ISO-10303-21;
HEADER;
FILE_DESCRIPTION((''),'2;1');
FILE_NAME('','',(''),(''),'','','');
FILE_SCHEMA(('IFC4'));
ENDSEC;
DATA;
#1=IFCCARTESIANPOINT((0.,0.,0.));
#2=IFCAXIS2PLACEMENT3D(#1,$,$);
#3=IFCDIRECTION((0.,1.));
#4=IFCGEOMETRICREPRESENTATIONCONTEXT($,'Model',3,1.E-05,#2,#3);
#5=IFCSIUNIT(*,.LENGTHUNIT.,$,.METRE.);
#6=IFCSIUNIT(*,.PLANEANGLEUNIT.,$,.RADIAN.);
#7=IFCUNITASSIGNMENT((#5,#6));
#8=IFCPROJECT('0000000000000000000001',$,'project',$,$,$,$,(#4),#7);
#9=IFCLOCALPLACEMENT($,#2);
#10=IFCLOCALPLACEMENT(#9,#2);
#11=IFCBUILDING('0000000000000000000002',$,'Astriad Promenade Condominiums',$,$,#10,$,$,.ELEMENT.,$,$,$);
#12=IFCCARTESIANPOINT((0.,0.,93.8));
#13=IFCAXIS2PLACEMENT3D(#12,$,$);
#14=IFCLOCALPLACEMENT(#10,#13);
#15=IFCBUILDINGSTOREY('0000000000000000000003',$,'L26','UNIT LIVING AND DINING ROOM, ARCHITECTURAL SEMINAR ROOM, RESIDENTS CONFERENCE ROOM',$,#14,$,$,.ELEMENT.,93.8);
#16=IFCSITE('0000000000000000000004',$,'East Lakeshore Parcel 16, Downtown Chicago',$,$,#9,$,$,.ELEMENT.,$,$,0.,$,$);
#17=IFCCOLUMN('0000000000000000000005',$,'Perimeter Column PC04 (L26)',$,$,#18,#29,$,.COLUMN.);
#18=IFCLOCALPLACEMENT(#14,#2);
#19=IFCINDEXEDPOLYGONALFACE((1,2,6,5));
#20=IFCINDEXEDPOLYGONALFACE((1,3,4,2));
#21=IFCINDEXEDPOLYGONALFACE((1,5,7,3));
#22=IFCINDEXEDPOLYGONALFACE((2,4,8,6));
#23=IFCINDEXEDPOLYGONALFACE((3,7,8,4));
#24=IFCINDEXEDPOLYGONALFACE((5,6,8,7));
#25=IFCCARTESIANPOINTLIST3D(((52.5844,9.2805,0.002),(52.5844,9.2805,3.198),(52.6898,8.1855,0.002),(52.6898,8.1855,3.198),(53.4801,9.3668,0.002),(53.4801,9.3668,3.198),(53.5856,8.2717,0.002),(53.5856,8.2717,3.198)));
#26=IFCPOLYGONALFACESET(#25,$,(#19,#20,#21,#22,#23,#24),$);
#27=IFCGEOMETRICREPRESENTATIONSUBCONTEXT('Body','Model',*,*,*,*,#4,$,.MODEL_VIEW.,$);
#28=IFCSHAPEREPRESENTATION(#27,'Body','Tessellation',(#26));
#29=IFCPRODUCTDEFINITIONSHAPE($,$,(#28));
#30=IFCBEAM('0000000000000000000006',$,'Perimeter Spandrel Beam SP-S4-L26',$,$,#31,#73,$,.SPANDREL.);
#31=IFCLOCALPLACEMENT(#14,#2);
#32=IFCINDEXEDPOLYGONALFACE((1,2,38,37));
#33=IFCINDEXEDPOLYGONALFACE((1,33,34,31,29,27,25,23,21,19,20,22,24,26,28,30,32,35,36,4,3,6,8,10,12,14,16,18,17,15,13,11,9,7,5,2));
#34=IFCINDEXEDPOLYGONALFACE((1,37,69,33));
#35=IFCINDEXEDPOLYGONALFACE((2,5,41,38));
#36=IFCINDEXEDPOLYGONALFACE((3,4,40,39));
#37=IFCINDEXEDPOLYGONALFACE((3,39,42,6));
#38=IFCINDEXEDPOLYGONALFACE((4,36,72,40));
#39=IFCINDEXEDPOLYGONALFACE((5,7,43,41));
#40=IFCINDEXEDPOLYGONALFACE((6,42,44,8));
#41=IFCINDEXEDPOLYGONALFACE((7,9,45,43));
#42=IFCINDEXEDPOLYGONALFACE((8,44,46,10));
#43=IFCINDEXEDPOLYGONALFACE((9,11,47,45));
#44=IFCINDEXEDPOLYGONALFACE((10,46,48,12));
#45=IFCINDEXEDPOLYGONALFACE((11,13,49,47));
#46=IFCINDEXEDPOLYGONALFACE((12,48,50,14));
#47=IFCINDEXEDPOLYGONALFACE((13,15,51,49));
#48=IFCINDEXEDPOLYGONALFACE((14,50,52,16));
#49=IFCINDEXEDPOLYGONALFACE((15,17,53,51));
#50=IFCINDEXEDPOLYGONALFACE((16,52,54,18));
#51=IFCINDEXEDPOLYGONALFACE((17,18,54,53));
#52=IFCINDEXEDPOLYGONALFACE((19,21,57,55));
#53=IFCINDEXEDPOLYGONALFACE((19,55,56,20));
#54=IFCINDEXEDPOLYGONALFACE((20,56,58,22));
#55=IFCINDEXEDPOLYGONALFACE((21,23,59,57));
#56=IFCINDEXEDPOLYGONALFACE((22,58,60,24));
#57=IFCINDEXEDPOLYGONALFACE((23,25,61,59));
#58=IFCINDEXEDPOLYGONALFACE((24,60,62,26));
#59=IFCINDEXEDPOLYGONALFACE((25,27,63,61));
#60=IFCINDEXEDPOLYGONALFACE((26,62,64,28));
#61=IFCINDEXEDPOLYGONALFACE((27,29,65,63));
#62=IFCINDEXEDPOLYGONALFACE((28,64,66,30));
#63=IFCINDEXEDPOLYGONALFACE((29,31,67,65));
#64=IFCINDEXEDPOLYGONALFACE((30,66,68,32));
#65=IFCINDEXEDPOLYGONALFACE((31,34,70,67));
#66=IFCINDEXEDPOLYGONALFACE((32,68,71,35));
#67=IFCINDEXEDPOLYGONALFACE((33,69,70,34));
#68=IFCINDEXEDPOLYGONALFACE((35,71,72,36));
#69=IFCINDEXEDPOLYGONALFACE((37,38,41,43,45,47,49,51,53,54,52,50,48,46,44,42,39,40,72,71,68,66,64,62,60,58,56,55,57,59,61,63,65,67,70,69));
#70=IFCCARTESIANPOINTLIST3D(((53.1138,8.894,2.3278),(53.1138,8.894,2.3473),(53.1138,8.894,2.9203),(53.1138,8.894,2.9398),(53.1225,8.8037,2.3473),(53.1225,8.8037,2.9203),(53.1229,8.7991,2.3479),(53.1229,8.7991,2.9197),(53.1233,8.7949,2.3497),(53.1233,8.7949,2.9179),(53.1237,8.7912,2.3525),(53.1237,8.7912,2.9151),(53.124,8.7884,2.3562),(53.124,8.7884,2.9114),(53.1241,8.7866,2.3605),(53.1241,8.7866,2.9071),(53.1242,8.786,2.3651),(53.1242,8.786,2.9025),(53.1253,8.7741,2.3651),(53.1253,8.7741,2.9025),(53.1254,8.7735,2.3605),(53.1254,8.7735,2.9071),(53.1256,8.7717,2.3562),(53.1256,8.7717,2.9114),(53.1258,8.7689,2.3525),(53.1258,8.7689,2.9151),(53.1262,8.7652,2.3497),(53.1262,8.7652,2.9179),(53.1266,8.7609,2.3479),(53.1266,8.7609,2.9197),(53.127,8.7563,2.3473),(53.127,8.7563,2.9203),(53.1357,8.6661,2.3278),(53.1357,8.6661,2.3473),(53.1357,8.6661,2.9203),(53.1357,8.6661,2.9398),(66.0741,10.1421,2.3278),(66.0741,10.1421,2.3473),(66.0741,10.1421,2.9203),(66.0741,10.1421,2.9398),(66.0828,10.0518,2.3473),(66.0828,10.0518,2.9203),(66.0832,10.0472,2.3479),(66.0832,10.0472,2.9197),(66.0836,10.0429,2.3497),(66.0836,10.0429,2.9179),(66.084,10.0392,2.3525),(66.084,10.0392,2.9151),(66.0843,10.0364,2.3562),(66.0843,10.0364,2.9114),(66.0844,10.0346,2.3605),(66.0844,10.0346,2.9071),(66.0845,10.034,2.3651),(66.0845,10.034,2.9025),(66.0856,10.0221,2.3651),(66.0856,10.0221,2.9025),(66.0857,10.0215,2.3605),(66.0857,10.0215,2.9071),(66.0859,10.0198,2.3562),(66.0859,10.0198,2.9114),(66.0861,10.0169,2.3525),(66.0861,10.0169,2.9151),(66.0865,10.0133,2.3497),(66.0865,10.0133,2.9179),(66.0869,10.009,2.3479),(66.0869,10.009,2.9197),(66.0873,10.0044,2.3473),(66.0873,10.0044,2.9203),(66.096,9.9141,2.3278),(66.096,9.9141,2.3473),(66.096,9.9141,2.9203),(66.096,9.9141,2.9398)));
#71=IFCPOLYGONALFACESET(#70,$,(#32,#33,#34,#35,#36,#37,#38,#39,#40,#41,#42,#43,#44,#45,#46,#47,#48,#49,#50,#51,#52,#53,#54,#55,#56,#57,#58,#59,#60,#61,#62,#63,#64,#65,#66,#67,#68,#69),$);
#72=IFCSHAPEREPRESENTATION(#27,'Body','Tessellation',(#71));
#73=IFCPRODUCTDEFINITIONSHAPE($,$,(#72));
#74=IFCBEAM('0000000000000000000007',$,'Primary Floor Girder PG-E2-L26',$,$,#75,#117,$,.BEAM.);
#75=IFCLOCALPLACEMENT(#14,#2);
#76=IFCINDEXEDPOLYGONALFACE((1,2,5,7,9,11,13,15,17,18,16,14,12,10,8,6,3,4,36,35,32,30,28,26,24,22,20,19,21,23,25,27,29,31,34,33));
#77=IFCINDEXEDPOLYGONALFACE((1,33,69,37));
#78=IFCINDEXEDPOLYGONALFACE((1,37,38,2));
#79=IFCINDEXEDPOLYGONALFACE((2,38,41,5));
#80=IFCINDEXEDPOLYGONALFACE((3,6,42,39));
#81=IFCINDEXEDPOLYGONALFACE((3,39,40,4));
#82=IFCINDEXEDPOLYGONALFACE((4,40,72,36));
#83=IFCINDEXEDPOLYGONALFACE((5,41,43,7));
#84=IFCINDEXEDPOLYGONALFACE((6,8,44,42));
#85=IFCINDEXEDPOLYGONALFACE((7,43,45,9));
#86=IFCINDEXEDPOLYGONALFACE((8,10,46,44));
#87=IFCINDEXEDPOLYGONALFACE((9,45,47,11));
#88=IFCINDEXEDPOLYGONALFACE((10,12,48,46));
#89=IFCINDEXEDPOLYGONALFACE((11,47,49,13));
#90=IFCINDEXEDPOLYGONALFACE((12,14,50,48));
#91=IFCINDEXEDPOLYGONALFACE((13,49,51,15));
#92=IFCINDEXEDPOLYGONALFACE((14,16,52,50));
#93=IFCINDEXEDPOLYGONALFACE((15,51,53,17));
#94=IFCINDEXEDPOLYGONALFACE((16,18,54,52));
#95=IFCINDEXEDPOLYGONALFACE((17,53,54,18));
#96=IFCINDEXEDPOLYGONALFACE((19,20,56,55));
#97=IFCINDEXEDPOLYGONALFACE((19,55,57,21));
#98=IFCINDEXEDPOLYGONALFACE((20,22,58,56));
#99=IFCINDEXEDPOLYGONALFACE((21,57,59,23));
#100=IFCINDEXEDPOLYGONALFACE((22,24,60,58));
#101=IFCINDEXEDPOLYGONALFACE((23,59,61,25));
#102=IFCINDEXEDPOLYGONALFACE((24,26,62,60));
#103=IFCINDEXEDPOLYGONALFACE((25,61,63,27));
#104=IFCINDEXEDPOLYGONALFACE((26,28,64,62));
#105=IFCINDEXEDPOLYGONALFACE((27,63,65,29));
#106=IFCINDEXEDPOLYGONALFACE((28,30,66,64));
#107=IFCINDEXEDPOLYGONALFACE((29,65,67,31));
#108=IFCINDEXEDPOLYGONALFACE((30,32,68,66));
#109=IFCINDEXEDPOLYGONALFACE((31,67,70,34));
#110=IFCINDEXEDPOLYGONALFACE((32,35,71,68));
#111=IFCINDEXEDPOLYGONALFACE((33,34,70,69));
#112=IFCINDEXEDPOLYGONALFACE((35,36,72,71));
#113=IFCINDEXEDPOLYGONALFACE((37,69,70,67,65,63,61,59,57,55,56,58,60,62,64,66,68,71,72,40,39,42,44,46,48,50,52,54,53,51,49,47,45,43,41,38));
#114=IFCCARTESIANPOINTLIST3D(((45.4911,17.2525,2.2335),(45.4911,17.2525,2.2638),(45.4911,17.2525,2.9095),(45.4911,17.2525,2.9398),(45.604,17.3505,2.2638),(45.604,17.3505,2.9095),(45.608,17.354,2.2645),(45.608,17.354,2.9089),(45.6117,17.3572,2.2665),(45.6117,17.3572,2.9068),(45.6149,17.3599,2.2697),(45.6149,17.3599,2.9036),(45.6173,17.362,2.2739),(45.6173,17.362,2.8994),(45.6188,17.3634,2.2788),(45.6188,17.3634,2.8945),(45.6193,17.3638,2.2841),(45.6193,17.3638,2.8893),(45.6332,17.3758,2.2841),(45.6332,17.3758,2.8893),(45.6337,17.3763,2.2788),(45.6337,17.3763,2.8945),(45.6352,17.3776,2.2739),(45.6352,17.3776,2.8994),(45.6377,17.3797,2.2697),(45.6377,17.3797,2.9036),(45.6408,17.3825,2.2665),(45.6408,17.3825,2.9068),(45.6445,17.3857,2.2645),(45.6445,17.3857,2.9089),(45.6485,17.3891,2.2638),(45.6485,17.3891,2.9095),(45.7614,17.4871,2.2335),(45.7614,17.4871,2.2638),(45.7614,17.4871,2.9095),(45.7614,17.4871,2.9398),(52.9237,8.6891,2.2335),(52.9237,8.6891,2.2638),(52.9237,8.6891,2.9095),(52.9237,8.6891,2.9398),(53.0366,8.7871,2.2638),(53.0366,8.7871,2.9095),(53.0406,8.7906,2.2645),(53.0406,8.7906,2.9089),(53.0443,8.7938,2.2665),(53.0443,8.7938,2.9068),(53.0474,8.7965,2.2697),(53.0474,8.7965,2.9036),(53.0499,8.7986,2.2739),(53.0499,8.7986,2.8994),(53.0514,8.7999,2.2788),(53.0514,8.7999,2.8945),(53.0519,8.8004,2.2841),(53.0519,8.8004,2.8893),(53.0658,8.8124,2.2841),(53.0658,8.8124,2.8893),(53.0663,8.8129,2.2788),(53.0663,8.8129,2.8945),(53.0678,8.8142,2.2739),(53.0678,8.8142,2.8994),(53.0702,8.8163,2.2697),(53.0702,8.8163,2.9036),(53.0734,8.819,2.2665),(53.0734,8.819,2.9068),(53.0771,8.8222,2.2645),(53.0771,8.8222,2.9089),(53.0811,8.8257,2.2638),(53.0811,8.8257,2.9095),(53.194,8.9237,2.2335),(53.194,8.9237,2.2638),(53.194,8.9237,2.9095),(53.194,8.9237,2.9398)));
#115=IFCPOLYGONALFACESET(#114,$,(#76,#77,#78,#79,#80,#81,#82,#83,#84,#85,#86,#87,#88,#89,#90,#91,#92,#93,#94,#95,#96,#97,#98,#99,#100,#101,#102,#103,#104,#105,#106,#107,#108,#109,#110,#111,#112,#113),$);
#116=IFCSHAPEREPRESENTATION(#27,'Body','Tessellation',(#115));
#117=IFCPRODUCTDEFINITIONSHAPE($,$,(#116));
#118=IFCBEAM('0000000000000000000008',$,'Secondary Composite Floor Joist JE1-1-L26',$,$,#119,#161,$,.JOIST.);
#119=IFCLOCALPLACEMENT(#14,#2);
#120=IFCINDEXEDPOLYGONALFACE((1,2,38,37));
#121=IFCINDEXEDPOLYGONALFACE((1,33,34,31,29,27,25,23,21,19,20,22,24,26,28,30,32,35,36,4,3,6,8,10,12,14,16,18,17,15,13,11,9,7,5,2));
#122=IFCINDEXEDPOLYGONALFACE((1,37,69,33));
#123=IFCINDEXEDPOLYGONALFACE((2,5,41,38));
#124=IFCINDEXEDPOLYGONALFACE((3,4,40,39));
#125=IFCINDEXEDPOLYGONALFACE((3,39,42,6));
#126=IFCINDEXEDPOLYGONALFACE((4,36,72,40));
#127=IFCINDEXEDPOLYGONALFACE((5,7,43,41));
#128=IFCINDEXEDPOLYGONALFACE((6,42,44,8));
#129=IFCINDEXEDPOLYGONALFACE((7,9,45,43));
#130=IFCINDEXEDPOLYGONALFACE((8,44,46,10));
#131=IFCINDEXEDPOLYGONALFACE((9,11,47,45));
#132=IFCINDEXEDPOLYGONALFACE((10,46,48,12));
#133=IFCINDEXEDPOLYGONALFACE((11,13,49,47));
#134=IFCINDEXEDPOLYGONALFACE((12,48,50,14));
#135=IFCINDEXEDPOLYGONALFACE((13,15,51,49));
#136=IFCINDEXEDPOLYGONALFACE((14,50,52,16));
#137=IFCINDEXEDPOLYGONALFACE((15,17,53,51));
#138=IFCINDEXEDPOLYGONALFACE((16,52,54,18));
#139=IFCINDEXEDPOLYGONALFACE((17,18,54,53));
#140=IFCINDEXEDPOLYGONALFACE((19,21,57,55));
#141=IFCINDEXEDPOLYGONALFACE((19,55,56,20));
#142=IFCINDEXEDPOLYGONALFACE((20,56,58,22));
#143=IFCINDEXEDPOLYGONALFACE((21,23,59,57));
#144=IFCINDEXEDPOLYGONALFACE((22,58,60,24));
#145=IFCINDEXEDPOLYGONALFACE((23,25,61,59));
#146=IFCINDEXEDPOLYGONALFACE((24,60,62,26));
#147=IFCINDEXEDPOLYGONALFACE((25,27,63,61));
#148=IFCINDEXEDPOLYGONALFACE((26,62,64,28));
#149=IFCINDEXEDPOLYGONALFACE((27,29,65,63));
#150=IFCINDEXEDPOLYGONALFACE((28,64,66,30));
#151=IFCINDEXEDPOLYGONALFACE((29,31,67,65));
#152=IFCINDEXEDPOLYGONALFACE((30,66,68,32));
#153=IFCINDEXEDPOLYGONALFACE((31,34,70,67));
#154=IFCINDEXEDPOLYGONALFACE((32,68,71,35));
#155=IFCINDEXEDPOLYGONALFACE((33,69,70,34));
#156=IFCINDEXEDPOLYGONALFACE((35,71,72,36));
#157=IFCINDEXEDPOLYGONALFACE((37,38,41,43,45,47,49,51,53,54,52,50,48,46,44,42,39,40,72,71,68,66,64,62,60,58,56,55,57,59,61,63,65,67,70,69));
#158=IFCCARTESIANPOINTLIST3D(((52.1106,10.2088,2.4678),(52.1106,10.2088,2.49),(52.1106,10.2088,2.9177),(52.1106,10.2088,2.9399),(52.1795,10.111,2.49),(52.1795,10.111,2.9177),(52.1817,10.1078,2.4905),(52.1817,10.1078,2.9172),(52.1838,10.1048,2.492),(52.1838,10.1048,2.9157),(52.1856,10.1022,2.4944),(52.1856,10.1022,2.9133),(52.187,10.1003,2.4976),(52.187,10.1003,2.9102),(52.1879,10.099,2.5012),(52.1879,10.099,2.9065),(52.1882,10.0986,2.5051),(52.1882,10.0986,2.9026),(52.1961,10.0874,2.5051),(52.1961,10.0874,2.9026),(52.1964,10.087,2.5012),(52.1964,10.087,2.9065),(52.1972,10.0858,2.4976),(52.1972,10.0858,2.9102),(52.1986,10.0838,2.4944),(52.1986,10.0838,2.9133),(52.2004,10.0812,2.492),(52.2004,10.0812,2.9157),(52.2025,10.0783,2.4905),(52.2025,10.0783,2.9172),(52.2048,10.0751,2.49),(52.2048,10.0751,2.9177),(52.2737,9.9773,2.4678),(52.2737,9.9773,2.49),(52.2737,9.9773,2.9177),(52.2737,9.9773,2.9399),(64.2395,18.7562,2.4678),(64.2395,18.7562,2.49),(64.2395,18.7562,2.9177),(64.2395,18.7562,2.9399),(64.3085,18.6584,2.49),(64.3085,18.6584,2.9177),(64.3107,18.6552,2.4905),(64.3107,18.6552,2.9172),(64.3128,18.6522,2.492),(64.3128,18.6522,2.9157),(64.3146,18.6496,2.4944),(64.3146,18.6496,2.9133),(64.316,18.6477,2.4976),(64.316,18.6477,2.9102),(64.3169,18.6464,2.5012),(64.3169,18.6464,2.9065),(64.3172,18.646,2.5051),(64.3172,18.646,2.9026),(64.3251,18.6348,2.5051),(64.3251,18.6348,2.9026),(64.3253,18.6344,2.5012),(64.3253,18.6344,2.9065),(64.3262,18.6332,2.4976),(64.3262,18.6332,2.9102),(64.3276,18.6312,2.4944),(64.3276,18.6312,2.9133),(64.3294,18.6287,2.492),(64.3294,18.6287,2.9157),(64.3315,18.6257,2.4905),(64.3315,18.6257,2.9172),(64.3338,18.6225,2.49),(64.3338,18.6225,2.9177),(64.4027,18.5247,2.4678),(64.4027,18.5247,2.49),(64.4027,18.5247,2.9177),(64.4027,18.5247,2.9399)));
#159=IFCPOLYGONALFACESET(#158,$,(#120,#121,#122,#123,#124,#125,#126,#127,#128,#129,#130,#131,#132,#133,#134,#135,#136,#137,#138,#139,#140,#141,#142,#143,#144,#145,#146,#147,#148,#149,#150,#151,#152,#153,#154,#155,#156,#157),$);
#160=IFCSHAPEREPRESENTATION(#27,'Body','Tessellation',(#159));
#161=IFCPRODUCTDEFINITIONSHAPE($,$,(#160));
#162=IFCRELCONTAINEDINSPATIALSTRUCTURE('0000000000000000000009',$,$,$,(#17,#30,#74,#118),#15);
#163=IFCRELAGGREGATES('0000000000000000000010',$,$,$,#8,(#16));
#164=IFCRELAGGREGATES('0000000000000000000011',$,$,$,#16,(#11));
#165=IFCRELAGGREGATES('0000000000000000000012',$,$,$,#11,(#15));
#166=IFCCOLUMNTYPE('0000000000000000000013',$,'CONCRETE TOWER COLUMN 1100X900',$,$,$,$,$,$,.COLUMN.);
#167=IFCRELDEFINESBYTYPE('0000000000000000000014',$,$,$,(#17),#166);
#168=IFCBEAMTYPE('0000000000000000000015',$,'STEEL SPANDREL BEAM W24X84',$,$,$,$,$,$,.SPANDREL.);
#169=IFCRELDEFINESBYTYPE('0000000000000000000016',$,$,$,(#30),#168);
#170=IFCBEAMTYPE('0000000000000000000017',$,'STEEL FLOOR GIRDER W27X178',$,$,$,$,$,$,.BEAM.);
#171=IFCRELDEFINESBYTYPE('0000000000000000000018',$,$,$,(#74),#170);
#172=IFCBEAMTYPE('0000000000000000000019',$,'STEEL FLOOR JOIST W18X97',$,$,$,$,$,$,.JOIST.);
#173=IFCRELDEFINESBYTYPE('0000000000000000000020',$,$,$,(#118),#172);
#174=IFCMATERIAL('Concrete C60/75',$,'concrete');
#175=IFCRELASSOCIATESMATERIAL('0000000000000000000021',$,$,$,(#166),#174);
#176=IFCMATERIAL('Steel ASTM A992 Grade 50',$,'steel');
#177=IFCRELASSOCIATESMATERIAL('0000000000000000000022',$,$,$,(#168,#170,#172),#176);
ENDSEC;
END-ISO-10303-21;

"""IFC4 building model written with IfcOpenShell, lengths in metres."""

from ifc_helpers import new_model, si_unit, direction, frame, origin, origin_2d, place, context, subcontext, project, spatial, rectangle, i_section, extrude, source, transform, mapped, material, material_profile, profile_set, type_object, type_shapes, element, save


model = new_model("IFC4")

# Units and contexts
model_context = context("Model", 3, precision=1e-05, world=origin(), true_north=direction((0.0, 1.0)))
body_context = subcontext(model_context, "Body", "Model", "MODEL_VIEW")
ifc_project = project(units=[si_unit("LENGTHUNIT", "METRE"), si_unit("PLANEANGLEUNIT", "RADIAN")], contexts=[model_context])

# Site, building, storey
site_placement = place(None, origin())
site = spatial("IfcSite", under=ifc_project, at=site_placement, Name="East Lakeshore Parcel 16, Downtown Chicago", CompositionType="ELEMENT", RefElevation=0.0)
building_placement = place(site_placement, origin())
building = spatial("IfcBuilding", under=site, at=building_placement, Name="Astriad Promenade Condominiums", CompositionType="ELEMENT")
storey_placement = place(building_placement, frame((0.0, 0.0, 93.8)))
storey = spatial("IfcBuildingStorey", under=building, at=storey_placement, Name="L26", Description="UNIT LIVING AND DINING ROOM, ARCHITECTURAL SEMINAR ROOM, RESIDENTS CONFERENCE ROOM", CompositionType="ELEMENT", Elevation=93.8)

# Column
ifc_material_1 = material(Name="Concrete C60/75", Category="concrete")
ifc_material_profile_1 = material_profile(ifc_material_1, rectangle(XDim=0.8999, YDim=1.1001, at=origin_2d()), Name="RC-COL-1100X900")
ifc_profile_set_1 = profile_set([ifc_material_profile_1], Name="Concrete C60/75")
column_type = type_object("IfcColumnType", Name="CONCRETE TOWER COLUMN 1100X900", PredefinedType="COLUMN", material=ifc_profile_set_1)
shared_shape_1 = source(origin(), body_context, "Body", "SweptSolid", [
    extrude(rectangle(XDim=0.8999, YDim=1.1001, at=origin_2d()), origin(), (0.0, 0.0, 1.0), 3.196),
])
type_shapes(column_type, [shared_shape_1])
column_placement = place(storey_placement, frame((53.085, 8.7761, 0.002), z_axis=(0.0, 0.0, 1.0), x_axis=(0.995396, 0.095846, 0.0)))
element("IfcColumn", 1, at=column_placement, inside=storey, type_object=column_type, Name="Perimeter Column PC04 (L26)", PredefinedType="COLUMN", context=body_context, shape_type="MappedRepresentation", body=[
    mapped(shared_shape_1, transform((0.0, 0.0, 0.0), scale=1.0)),
])

# Beams
ifc_material_2 = material(Name="Steel ASTM A992 Grade 50", Category="steel")
ifc_material_profile_2 = material_profile(ifc_material_2, i_section(OverallWidth=0.229, OverallDepth=0.6121, WebThickness=0.012, FlangeThickness=0.0195, FilletRadius=0.0178, at=origin_2d()), Name="W24X84")
ifc_profile_set_2 = profile_set([ifc_material_profile_2], Name="Steel ASTM A992 Grade 50")
beam_type_1 = type_object("IfcBeamType", Name="STEEL SPANDREL BEAM W24X84", PredefinedType="SPANDREL", material=ifc_profile_set_2)
shared_shape_2 = source(origin(), body_context, "Body", "SweptSolid", [
    extrude(i_section(OverallWidth=0.229, OverallDepth=0.6121, WebThickness=0.012, FlangeThickness=0.0195, FilletRadius=0.0178, at=origin_2d()), origin(), (0.0, 0.0, 1.0), 13.0203),
])
type_shapes(beam_type_1, [shared_shape_2])
beam_1_placement = place(storey_placement, frame((53.1248, 8.78, 2.6338), z_axis=(0.995395, 0.095855, 0.0), x_axis=(-0.095855, 0.995395, 0.0)))
element("IfcBeam", 2, at=beam_1_placement, inside=storey, type_object=beam_type_1, Name="Perimeter Spandrel Beam SP-S4-L26", PredefinedType="SPANDREL", context=body_context, shape_type="MappedRepresentation", body=[
    mapped(shared_shape_2, transform((0.0, 0.0, 0.0), scale=1.0)),
])
ifc_material_profile_3 = material_profile(ifc_material_2, i_section(OverallWidth=0.3579, OverallDepth=0.7063, WebThickness=0.0183, FlangeThickness=0.0303, FilletRadius=0.0203, at=origin_2d()), Name="W27X178")
ifc_profile_set_3 = profile_set([ifc_material_profile_3], Name="Steel ASTM A992 Grade 50")
beam_type_2 = type_object("IfcBeamType", Name="STEEL FLOOR GIRDER W27X178", PredefinedType="BEAM", material=ifc_profile_set_3)
shared_shape_3 = source(origin(), body_context, "Body", "SweptSolid", [
    extrude(i_section(OverallWidth=0.3579, OverallDepth=0.7063, WebThickness=0.0183, FlangeThickness=0.0303, FilletRadius=0.0203, at=origin_2d()), origin(), (0.0, 0.0, 1.0), 11.3391),
])
type_shapes(beam_type_2, [shared_shape_3])
beam_2_placement = place(storey_placement, frame((53.0588, 8.8064, 2.5867), z_axis=(-0.655481, 0.755211, 0.0), x_axis=(-0.755211, -0.655481, 0.0)))
element("IfcBeam", 3, at=beam_2_placement, inside=storey, type_object=beam_type_2, Name="Primary Floor Girder PG-E2-L26", PredefinedType="BEAM", context=body_context, shape_type="MappedRepresentation", body=[
    mapped(shared_shape_3, transform((0.0, 0.0, 0.0), scale=1.0)),
])
ifc_material_profile_4 = material_profile(ifc_material_2, i_section(OverallWidth=0.2832, OverallDepth=0.4722, WebThickness=0.0137, FlangeThickness=0.0222, FilletRadius=0.0151, at=origin_2d()), Name="W18X97")
ifc_profile_set_4 = profile_set([ifc_material_profile_4], Name="Steel ASTM A992 Grade 50")
beam_type_3 = type_object("IfcBeamType", Name="STEEL FLOOR JOIST W18X97", PredefinedType="JOIST", material=ifc_profile_set_4)
shared_shape_4 = source(origin(), body_context, "Body", "SweptSolid", [
    extrude(i_section(OverallWidth=0.2832, OverallDepth=0.4722, WebThickness=0.0137, FlangeThickness=0.0222, FilletRadius=0.0151, at=origin_2d()), origin(), (0.0, 0.0, 1.0), 14.8381),
])
beam_3_placement = place(storey_placement, frame((52.1921, 10.093, 2.7039), z_axis=(0.817419, 0.576043, 0.0), x_axis=(-0.576043, 0.817419, 0.0)))
element("IfcBeam", 4, at=beam_3_placement, inside=storey, type_object=beam_type_3, Name="Secondary Composite Floor Joist JE1-1-L26", PredefinedType="JOIST", context=body_context, shape_type="MappedRepresentation", body=[
    mapped(shared_shape_4, transform((0.0, 0.0, 0.0), scale=1.0)),
])

save(model, "model.ifc")
